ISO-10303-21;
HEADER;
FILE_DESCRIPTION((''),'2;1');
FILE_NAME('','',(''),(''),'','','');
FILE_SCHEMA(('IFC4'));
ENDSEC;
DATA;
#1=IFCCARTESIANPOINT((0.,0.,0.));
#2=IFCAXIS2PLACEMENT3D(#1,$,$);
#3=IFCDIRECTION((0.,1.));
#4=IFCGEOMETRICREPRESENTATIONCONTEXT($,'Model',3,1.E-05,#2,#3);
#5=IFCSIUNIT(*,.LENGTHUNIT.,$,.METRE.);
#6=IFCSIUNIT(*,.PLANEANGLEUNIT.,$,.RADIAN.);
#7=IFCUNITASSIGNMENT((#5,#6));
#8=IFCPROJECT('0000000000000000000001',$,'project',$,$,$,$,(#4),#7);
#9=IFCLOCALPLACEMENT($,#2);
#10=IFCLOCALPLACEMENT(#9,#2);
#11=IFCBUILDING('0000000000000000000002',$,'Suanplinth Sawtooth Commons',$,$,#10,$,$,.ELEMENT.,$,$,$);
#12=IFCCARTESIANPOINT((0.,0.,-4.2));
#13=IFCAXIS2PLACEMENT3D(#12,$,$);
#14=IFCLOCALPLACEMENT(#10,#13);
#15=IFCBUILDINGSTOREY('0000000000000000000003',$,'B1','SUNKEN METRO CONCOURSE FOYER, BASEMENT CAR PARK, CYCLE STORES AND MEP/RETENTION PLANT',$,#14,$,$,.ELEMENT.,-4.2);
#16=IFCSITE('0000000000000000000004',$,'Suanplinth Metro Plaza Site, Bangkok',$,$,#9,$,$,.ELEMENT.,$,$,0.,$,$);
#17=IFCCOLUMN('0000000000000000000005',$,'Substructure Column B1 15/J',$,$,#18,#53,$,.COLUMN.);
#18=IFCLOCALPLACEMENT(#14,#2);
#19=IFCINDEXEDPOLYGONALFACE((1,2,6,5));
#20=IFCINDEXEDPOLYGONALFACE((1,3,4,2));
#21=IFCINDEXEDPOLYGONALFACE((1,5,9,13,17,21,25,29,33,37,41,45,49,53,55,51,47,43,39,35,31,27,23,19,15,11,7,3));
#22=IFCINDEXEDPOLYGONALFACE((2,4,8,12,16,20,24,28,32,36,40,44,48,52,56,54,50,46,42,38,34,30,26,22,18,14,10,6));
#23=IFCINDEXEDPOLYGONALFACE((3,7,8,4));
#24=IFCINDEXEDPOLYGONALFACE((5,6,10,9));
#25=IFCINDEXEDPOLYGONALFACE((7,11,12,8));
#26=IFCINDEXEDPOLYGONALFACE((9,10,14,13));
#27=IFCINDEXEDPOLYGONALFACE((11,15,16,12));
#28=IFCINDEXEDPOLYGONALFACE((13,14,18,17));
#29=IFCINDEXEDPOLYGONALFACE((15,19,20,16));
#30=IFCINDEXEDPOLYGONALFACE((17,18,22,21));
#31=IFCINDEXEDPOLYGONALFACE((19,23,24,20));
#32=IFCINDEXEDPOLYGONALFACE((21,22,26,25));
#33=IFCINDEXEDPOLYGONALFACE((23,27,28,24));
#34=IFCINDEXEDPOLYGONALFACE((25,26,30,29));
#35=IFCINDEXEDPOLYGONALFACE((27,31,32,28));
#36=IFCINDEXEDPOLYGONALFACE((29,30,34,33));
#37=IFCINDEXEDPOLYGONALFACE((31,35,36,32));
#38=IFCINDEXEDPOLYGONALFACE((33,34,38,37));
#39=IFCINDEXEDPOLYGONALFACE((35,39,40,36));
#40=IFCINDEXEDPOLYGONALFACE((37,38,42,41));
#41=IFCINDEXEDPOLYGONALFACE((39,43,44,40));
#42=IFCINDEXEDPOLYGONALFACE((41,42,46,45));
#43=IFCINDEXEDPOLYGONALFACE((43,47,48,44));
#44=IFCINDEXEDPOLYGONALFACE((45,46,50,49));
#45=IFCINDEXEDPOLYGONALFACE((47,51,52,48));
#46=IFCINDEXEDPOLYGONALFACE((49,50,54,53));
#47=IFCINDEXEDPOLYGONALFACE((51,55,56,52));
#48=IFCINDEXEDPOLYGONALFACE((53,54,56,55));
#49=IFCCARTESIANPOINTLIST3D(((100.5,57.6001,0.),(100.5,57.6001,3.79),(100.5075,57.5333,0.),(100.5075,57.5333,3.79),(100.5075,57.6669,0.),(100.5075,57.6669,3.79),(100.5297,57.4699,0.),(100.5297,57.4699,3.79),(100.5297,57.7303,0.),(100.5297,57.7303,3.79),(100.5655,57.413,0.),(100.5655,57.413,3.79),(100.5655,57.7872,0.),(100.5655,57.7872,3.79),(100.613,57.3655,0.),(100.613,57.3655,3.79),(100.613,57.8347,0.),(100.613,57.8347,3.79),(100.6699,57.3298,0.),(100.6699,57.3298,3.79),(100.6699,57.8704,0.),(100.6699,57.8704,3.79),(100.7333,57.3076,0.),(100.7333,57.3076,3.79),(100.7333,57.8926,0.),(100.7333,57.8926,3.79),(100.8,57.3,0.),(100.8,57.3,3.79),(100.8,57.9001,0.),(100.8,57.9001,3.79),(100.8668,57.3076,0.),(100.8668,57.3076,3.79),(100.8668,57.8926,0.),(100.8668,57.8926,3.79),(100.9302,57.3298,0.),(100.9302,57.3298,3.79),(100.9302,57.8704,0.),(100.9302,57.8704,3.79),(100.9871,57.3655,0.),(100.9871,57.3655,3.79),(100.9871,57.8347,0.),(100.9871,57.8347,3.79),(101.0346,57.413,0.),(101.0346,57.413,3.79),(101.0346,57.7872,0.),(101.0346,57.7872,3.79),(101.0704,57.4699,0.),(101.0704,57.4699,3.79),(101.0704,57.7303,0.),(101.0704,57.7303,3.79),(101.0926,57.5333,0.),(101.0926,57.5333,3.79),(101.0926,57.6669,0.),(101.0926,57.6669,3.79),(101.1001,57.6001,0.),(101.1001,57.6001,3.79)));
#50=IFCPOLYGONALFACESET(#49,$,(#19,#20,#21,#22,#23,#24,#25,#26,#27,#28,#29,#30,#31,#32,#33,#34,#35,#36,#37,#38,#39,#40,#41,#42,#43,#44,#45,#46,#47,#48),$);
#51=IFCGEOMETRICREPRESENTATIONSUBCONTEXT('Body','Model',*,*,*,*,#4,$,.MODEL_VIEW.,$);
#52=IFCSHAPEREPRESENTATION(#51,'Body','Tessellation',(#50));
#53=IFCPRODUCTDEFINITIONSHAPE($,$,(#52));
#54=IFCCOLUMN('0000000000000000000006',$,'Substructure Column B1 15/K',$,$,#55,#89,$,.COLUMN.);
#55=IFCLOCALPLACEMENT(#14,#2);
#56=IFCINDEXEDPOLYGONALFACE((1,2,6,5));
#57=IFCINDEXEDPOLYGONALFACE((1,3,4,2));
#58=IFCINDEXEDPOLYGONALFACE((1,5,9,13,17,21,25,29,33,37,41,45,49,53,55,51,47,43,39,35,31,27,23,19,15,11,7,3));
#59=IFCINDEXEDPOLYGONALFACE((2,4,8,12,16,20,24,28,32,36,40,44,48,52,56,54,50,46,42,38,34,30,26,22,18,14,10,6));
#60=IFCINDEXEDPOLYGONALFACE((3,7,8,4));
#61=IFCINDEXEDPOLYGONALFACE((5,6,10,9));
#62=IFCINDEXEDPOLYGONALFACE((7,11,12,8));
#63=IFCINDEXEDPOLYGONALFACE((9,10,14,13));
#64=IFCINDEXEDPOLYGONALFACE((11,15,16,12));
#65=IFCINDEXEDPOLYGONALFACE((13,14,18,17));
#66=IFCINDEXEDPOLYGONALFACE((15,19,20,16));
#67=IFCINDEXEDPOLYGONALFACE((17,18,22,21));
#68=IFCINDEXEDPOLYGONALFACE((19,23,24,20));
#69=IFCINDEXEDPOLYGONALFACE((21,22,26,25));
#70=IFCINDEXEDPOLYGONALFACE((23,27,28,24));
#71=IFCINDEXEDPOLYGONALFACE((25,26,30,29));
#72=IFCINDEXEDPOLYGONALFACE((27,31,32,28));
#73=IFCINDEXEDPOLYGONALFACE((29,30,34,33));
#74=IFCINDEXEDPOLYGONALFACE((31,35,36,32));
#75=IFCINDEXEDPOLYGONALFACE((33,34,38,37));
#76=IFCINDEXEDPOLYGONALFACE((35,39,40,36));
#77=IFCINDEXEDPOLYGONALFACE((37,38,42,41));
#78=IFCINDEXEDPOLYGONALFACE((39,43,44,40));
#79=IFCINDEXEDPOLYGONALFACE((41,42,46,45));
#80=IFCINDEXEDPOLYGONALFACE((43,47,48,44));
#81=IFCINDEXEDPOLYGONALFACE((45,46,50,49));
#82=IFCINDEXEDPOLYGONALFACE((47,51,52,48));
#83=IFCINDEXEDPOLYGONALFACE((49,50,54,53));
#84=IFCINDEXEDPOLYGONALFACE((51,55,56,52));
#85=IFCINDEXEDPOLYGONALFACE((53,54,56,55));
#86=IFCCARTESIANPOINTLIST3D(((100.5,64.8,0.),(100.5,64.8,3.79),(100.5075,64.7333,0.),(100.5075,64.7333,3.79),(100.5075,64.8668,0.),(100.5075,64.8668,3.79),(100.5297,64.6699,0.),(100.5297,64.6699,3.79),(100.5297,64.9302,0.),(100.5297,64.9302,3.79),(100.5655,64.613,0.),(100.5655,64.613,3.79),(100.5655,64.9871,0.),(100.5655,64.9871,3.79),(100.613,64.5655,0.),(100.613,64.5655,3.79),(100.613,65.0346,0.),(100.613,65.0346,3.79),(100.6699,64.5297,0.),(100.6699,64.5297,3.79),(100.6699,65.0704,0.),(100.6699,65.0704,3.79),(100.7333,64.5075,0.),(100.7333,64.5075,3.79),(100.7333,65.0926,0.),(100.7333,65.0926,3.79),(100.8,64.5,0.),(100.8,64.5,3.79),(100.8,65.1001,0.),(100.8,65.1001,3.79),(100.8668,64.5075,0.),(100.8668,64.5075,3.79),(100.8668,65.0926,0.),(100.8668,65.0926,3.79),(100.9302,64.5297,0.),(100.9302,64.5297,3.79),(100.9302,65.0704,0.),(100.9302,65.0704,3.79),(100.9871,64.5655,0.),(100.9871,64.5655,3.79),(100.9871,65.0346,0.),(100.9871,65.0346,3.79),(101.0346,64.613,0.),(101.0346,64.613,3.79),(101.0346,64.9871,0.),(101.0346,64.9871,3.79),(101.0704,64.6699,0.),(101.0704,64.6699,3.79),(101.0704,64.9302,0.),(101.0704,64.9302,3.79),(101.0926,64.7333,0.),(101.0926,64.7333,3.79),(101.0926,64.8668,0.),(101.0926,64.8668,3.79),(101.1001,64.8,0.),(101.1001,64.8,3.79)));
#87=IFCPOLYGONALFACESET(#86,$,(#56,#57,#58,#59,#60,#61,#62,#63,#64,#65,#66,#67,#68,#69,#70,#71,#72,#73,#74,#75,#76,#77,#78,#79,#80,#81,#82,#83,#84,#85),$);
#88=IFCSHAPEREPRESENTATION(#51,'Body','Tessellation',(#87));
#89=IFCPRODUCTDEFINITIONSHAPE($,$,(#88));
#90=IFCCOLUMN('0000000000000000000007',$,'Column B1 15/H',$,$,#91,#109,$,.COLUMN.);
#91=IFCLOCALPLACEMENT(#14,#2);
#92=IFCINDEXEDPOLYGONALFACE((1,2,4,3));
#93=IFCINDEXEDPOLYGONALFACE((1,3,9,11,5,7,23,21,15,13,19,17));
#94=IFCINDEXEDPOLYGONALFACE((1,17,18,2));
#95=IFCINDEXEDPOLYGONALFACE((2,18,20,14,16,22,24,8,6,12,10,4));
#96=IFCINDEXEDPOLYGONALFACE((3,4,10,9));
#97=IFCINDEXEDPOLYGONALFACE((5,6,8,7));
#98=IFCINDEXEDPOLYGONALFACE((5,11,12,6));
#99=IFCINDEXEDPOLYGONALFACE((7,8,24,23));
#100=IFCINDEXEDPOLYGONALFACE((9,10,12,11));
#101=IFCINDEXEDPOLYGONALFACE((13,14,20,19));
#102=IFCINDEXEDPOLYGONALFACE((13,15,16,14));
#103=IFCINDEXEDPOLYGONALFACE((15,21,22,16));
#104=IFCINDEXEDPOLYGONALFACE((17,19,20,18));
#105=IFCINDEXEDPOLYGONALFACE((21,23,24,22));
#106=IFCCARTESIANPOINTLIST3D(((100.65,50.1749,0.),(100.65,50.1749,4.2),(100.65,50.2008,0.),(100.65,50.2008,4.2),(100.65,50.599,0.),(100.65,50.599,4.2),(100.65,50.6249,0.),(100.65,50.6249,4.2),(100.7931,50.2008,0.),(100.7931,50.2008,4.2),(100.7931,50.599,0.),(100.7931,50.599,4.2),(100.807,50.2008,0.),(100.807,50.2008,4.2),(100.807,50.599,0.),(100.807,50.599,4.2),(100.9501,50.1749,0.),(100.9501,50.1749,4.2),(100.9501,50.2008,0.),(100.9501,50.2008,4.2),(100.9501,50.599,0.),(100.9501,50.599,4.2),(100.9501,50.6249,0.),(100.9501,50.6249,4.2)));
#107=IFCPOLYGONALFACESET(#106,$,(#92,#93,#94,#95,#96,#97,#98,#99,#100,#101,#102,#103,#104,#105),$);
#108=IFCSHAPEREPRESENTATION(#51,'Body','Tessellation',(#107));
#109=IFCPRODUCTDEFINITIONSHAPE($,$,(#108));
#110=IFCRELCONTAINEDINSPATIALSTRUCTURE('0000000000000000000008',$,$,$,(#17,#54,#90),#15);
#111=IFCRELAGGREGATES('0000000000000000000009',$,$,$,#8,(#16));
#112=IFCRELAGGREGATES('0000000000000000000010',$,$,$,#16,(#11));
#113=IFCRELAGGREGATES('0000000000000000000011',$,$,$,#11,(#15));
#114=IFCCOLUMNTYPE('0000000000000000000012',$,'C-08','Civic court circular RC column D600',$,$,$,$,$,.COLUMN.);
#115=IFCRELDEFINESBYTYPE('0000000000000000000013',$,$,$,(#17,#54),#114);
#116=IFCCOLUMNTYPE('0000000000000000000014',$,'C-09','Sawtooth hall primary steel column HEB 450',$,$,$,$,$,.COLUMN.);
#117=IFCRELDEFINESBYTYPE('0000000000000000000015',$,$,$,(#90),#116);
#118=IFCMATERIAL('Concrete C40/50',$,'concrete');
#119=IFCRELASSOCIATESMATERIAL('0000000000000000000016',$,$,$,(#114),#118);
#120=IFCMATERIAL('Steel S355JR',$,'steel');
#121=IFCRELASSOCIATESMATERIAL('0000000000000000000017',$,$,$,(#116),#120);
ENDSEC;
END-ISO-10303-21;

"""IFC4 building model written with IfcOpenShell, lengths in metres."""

from ifc_helpers import new_model, si_unit, direction, frame, origin, origin_2d, place, context, subcontext, project, spatial, circle, i_section, extrude, material, material_profile, profile_set, type_object, element, save


model = new_model("IFC4")

# Units and contexts
model_context = context("Model", 3, precision=1e-05, world=origin(), true_north=direction((0.0, 1.0)))
body_context = subcontext(model_context, "Body", "Model", "MODEL_VIEW")
ifc_project = project(units=[si_unit("LENGTHUNIT", "METRE"), si_unit("PLANEANGLEUNIT", "RADIAN")], contexts=[model_context])

# Site, building, storey
site_placement = place(None, origin())
site = spatial("IfcSite", under=ifc_project, at=site_placement, Name="Suanplinth Metro Plaza Site, Bangkok", CompositionType="ELEMENT", RefElevation=0.0)
building_placement = place(site_placement, origin())
building = spatial("IfcBuilding", under=site, at=building_placement, Name="Suanplinth Sawtooth Commons", CompositionType="ELEMENT")
storey_placement = place(building_placement, frame((0.0, 0.0, -4.2)))
storey = spatial("IfcBuildingStorey", under=building, at=storey_placement, Name="B1", Description="SUNKEN METRO CONCOURSE FOYER, BASEMENT CAR PARK, CYCLE STORES AND MEP/RETENTION PLANT", CompositionType="ELEMENT", Elevation=-4.2)

# Columns
ifc_material_1 = material(Name="Concrete C40/50", Category="concrete")
ifc_material_profile_1 = material_profile(ifc_material_1, circle(Radius=0.3, at=origin_2d()), Name="RC-CIRC D600")
ifc_profile_set_1 = profile_set([ifc_material_profile_1], Name="Concrete C40/50")
column_type_1 = type_object("IfcColumnType", Name="C-08", Description="Civic court circular RC column D600", PredefinedType="COLUMN", material=ifc_profile_set_1)
for number, where, z_axis, x_axis, name in (
    (1, (100.8, 57.6001, 0.0), (0.0, 0.0, 1.0), (1.0, 0.0, 0.0), "Substructure Column B1 15/J"),
    (2, (100.8, 64.8, 0.0), (0.0, 0.0, 1.0), (1.0, 0.0, 0.0), "Substructure Column B1 15/K"),
):
    element("IfcColumn", number, at=place(storey_placement, frame(where, z_axis=z_axis, x_axis=x_axis)), inside=storey, type_object=column_type_1, Name=name, PredefinedType="COLUMN", context=body_context, shape_type="SweptSolid", body=[
        extrude(circle(Radius=0.3, at=origin_2d()), origin(), (0.0, 0.0, 1.0), 3.79),
    ])
ifc_material_2 = material(Name="Steel S355JR", Category="steel")
ifc_material_profile_2 = material_profile(ifc_material_2, i_section(OverallWidth=0.3, OverallDepth=0.45, WebThickness=0.0139, FlangeThickness=0.0259, at=origin_2d()), Name="HEB 450")
ifc_profile_set_2 = profile_set([ifc_material_profile_2], Name="Steel S355JR")
column_type_2 = type_object("IfcColumnType", Name="C-09", Description="Sawtooth hall primary steel column HEB 450", PredefinedType="COLUMN", material=ifc_profile_set_2)
column_placement = place(storey_placement, frame((100.8, 50.3999, 0.0), z_axis=(0.0, 0.0, 1.0), x_axis=(1.0, 0.0, 0.0)))
element("IfcColumn", 3, at=column_placement, inside=storey, type_object=column_type_2, Name="Column B1 15/H", PredefinedType="COLUMN", context=body_context, shape_type="SweptSolid", body=[
    extrude(i_section(OverallWidth=0.3, OverallDepth=0.45, WebThickness=0.0139, FlangeThickness=0.0259, at=origin_2d()), origin(), (0.0, 0.0, 1.0), 4.2),
])

save(model, "model.ifc")
